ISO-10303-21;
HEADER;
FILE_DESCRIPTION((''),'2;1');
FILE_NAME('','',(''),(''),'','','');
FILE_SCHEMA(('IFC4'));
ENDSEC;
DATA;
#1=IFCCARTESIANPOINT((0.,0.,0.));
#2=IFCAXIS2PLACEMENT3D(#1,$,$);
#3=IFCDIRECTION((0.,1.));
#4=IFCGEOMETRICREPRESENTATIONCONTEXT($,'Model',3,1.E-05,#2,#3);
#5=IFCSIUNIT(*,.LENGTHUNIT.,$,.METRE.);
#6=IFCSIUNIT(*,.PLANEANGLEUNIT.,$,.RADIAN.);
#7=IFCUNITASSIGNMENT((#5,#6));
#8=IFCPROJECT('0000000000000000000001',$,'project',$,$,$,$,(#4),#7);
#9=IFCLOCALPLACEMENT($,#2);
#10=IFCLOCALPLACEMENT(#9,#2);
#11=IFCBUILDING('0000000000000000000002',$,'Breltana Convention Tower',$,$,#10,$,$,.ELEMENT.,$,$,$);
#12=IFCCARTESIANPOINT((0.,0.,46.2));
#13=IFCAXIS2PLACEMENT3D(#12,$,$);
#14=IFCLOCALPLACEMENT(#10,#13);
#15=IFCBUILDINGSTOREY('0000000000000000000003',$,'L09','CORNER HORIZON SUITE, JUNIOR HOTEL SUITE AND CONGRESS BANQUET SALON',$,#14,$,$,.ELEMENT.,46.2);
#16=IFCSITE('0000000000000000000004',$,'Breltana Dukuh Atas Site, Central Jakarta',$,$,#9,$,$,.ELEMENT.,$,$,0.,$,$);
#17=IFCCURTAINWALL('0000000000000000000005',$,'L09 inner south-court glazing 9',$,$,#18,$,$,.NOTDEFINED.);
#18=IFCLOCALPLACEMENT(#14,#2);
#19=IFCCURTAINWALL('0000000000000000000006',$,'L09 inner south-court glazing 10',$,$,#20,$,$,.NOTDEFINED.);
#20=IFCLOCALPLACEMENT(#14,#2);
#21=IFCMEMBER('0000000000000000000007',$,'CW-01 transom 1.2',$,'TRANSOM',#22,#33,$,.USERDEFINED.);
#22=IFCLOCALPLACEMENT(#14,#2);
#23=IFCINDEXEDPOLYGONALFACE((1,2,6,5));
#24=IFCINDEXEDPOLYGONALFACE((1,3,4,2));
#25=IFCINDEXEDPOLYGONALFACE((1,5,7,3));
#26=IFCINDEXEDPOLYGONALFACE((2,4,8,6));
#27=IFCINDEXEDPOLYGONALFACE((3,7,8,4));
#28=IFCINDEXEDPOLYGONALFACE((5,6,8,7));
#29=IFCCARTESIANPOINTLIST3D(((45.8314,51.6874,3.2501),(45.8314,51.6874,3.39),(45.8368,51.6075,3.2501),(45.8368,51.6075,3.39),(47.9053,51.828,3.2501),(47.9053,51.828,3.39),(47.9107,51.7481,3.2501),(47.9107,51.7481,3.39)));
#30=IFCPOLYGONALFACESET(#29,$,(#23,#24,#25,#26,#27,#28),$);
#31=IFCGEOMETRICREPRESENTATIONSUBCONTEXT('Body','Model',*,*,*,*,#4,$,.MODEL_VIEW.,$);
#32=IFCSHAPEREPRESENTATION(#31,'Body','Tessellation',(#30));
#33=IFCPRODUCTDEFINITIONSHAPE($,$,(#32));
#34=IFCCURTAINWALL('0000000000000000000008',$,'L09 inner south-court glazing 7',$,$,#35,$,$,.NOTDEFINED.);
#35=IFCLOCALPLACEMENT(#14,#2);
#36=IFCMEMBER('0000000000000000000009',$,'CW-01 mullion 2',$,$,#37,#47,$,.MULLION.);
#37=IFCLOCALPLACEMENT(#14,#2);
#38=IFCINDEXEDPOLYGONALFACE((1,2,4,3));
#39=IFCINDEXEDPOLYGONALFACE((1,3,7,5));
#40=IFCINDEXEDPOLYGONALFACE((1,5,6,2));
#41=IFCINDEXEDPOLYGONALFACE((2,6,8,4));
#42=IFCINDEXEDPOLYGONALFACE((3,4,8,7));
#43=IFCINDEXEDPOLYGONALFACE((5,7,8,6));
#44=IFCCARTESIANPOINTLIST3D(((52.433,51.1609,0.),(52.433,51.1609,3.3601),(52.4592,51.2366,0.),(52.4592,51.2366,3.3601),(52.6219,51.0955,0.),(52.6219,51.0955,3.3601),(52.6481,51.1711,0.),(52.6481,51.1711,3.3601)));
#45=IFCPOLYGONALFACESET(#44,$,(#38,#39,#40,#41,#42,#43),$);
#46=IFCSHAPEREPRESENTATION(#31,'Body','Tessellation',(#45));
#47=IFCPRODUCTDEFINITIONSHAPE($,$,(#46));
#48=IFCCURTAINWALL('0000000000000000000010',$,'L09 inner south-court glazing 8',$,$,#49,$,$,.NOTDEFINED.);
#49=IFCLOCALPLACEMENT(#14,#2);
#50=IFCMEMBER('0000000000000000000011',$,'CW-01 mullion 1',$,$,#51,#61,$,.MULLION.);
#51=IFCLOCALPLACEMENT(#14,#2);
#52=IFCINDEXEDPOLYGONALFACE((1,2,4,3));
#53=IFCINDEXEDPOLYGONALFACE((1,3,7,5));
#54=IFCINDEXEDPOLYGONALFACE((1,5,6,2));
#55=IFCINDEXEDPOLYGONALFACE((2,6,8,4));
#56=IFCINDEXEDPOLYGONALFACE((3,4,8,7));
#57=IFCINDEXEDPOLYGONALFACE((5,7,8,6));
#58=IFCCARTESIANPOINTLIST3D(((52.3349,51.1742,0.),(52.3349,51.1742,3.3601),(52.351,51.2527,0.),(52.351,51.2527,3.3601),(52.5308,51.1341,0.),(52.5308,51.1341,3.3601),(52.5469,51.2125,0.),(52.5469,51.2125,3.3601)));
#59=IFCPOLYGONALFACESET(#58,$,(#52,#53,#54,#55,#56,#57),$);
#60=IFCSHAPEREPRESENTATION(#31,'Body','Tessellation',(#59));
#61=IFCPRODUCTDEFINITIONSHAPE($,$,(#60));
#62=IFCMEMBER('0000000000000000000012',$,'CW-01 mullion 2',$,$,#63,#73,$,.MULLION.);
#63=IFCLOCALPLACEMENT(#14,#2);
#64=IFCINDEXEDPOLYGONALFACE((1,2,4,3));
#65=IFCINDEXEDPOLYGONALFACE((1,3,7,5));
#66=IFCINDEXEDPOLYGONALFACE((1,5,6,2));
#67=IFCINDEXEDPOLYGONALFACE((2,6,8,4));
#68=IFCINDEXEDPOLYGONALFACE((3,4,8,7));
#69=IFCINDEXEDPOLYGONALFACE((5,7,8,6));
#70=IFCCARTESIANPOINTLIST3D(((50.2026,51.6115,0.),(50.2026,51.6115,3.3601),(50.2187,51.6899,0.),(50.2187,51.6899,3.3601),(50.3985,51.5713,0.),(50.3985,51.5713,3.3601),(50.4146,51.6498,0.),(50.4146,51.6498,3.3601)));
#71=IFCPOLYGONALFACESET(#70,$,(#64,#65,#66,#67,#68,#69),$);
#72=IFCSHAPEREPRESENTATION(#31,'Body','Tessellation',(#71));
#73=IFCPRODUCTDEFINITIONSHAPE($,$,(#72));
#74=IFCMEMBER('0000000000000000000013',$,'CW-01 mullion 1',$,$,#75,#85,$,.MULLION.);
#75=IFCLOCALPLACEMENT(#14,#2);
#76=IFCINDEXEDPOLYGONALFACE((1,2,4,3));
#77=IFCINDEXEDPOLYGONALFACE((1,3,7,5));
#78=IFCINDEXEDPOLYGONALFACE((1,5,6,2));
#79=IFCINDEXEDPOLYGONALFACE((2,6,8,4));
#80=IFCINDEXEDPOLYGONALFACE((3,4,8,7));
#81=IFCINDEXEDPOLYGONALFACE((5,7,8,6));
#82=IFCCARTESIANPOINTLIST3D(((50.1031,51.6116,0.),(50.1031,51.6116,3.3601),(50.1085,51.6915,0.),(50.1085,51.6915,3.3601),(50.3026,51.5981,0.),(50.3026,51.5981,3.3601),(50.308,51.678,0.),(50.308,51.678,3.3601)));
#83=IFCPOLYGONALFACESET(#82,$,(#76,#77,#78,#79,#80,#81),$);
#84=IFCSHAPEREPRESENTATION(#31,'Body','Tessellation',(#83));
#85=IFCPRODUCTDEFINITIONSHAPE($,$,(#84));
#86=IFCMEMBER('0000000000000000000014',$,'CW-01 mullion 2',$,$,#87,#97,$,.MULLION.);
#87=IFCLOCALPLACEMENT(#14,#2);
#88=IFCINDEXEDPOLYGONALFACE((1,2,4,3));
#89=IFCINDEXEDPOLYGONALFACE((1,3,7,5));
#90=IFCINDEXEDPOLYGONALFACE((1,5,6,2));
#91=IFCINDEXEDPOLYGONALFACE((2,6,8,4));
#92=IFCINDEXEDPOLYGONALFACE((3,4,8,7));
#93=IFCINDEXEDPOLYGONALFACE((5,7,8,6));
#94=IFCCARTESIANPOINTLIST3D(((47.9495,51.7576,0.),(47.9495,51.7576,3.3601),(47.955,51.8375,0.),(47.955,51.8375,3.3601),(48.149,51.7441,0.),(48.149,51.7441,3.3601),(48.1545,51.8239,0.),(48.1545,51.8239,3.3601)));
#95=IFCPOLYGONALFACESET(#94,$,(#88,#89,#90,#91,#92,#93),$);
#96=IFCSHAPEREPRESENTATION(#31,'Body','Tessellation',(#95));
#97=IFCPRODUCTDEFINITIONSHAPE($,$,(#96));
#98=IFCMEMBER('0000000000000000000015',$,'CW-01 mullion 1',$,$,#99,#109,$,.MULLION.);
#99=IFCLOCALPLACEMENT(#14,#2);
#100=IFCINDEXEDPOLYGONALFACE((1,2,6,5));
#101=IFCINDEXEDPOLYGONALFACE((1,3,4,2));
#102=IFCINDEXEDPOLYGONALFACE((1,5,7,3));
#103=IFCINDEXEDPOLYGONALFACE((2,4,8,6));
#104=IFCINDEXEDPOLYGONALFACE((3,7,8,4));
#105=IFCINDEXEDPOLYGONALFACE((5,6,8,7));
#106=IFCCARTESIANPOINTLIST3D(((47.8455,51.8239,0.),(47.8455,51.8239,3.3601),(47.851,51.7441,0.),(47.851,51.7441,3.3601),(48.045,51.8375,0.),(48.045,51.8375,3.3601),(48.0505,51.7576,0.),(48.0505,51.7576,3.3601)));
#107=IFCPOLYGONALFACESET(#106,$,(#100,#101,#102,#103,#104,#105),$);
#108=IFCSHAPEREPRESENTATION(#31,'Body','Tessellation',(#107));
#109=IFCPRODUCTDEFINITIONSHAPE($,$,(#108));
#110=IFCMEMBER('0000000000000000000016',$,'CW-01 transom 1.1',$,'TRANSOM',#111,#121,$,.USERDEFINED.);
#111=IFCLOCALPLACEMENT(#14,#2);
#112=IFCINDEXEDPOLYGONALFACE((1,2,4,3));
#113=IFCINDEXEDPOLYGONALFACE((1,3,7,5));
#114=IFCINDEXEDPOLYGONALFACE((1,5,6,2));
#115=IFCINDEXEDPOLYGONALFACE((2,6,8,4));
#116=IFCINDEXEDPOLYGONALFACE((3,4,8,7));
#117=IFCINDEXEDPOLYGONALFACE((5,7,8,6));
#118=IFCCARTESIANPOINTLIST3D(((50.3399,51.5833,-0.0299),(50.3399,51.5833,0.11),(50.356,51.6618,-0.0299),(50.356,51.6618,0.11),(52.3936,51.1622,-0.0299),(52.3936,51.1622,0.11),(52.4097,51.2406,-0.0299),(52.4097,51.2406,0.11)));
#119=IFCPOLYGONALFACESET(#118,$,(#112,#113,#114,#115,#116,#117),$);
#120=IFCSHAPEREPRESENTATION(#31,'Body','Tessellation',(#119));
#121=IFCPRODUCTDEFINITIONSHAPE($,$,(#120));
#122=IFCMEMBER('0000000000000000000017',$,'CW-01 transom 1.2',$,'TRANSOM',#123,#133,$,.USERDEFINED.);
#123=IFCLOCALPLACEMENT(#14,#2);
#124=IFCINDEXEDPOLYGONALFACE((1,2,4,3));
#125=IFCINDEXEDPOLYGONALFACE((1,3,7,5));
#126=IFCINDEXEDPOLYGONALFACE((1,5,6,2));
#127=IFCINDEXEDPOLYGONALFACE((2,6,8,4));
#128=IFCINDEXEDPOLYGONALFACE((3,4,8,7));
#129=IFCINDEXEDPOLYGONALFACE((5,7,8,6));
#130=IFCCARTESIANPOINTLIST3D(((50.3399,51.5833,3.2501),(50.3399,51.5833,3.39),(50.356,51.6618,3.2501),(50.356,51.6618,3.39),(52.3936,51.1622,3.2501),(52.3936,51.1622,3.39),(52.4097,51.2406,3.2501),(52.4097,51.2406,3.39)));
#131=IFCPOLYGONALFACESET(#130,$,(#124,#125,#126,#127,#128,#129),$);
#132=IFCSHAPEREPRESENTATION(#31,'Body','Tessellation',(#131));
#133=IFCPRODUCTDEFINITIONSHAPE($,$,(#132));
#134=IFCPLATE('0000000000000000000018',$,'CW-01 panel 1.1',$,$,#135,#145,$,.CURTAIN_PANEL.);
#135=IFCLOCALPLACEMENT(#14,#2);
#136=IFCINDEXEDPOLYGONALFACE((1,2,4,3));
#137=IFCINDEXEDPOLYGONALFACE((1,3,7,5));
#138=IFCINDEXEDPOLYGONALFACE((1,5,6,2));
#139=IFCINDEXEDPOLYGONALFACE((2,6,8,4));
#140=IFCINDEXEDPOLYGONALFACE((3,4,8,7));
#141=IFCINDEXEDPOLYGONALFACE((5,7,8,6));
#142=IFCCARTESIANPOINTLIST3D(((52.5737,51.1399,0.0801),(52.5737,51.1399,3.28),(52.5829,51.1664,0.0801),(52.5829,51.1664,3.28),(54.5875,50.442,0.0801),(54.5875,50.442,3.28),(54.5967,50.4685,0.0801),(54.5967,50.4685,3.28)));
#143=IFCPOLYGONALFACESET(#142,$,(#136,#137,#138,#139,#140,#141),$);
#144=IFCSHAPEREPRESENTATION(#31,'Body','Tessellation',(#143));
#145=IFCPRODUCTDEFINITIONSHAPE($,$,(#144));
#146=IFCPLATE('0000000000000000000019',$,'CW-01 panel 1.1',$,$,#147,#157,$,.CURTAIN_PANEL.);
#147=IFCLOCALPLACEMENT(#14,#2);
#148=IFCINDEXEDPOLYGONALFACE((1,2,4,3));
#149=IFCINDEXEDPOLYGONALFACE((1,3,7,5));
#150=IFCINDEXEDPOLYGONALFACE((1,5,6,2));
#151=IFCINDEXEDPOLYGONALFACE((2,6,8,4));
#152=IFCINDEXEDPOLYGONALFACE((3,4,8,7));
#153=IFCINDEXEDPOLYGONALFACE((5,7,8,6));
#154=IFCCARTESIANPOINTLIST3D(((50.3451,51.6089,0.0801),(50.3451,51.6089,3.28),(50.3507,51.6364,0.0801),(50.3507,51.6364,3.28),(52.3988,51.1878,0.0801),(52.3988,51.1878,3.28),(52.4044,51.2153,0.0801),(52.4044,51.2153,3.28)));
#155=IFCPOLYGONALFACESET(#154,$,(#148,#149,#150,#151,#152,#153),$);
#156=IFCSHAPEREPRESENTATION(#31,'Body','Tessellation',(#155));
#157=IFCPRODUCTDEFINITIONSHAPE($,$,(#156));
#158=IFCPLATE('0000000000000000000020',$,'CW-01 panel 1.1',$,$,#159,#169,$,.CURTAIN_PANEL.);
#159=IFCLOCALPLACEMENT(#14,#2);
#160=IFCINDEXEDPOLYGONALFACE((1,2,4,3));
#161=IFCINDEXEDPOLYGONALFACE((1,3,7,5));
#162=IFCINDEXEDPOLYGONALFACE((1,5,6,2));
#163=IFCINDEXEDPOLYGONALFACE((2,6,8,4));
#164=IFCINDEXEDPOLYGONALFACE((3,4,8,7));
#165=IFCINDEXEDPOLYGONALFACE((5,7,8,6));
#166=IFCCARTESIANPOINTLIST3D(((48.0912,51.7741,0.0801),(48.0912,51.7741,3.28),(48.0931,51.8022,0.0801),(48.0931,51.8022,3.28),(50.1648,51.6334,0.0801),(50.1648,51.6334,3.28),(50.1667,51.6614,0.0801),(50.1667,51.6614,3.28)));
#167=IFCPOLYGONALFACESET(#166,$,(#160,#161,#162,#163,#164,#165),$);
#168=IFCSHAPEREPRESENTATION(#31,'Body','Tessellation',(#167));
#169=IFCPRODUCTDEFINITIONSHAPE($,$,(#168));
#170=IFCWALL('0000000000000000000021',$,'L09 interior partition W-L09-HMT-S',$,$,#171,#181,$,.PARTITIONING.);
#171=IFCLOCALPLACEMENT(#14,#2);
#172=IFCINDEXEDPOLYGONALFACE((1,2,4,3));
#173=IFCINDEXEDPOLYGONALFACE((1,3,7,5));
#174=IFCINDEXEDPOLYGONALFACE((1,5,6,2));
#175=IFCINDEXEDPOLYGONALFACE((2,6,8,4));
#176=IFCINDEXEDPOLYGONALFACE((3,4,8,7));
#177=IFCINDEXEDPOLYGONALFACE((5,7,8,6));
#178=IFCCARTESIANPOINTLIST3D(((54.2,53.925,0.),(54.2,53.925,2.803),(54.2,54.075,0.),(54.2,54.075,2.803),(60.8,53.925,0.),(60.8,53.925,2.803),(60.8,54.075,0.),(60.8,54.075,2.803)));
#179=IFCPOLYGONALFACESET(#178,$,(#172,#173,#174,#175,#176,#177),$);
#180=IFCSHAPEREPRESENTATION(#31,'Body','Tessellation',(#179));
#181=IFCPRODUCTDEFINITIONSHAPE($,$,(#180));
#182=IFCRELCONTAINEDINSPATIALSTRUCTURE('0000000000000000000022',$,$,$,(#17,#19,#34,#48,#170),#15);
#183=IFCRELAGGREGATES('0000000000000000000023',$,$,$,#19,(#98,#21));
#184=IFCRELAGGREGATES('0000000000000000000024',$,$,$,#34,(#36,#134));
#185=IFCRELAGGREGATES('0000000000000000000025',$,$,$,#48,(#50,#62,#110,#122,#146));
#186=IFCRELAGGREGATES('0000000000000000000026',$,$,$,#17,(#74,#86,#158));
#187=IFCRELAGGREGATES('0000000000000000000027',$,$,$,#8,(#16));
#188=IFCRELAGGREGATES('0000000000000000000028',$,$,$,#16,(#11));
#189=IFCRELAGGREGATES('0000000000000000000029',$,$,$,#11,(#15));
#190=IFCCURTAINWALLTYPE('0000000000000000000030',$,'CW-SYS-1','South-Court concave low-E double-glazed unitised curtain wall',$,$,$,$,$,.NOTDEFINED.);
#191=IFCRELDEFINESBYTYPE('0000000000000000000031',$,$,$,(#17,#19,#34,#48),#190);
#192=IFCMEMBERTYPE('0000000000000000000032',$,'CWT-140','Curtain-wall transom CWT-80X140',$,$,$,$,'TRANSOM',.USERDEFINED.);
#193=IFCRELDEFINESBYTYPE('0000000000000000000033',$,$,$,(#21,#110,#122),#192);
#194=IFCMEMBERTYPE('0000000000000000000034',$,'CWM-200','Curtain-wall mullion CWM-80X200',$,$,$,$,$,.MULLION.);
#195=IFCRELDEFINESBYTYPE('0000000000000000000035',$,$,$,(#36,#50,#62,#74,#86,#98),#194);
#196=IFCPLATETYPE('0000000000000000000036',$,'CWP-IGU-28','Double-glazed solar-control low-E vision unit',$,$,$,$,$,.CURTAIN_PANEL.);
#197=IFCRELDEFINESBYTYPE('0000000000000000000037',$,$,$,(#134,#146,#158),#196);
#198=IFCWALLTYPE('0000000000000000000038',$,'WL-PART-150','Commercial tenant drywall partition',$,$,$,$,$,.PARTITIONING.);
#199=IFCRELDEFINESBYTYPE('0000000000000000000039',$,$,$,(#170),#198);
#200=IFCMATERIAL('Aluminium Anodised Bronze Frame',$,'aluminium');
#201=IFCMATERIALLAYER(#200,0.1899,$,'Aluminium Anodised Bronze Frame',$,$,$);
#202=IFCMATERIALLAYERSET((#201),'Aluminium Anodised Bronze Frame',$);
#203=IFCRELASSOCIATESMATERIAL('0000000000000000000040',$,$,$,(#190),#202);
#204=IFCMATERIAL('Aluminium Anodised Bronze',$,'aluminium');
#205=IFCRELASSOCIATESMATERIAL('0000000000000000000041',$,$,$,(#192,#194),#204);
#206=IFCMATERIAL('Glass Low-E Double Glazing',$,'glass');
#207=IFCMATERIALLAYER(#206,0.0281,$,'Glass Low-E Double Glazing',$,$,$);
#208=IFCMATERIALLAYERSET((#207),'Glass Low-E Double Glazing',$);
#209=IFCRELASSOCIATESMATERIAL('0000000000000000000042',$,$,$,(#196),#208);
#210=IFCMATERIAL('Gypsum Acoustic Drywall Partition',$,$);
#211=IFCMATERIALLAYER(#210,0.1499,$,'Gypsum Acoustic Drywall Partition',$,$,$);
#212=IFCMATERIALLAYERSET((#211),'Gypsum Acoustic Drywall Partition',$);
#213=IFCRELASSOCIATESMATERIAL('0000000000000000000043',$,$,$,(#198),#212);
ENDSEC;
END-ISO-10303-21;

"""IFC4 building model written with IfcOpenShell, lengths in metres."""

from ifc_helpers import new_model, si_unit, direction, frame, frame_2d, origin, origin_2d, place, context, subcontext, project, spatial, rectangle, extrude, source, transform, mapped, material, layer, layer_set, material_profile, profile_set, type_object, element, aggregate, save


model = new_model("IFC4")

# Units and contexts
model_context = context("Model", 3, precision=1e-05, world=origin(), true_north=direction((0.0, 1.0)))
body_context = subcontext(model_context, "Body", "Model", "MODEL_VIEW")
ifc_project = project(units=[si_unit("LENGTHUNIT", "METRE"), si_unit("PLANEANGLEUNIT", "RADIAN")], contexts=[model_context])

# Site, building, storey
site_placement = place(None, origin())
site = spatial("IfcSite", under=ifc_project, at=site_placement, Name="Breltana Dukuh Atas Site, Central Jakarta", CompositionType="ELEMENT", RefElevation=0.0)
building_placement = place(site_placement, origin())
building = spatial("IfcBuilding", under=site, at=building_placement, Name="Breltana Convention Tower", CompositionType="ELEMENT")
storey_placement = place(building_placement, frame((0.0, 0.0, 46.2)))
storey = spatial("IfcBuildingStorey", under=building, at=storey_placement, Name="L09", Description="CORNER HORIZON SUITE, JUNIOR HOTEL SUITE AND CONGRESS BANQUET SALON", CompositionType="ELEMENT", Elevation=46.2)

# Curtain walls, member
ifc_material_1 = material(Name="Aluminium Anodised Bronze Frame", Category="aluminium")
ifc_layer_1 = layer(ifc_material_1, 0.1899, Name="Aluminium Anodised Bronze Frame")
ifc_layer_set_1 = layer_set([ifc_layer_1], Name="Aluminium Anodised Bronze Frame")
curtain_wall_type = type_object("IfcCurtainWallType", Name="CW-SYS-1", Description="South-Court concave low-E double-glazed unitised curtain wall", PredefinedType="NOTDEFINED", material=ifc_layer_set_1)
curtain_wall_1_placement = place(storey_placement, origin())
curtain_wall_1 = element("IfcCurtainWall", 1, at=curtain_wall_1_placement, inside=storey, type_object=curtain_wall_type, Name="L09 inner south-court glazing 9", PredefinedType="NOTDEFINED")
ifc_material_2 = material(Name="Aluminium Anodised Bronze", Category="aluminium")
ifc_material_profile_1 = material_profile(ifc_material_2, rectangle(XDim=0.0801, YDim=0.1399, at=origin_2d()), Name="CWT-80X140")
ifc_profile_set_1 = profile_set([ifc_material_profile_1], Name="Aluminium Anodised Bronze")
member_type_1 = type_object("IfcMemberType", Name="CWT-140", Description="Curtain-wall transom CWT-80X140", ElementType="TRANSOM", PredefinedType="USERDEFINED", material=ifc_profile_set_1)
shared_shape_1 = source(origin(), body_context, "Body", "SweptSolid", [
    extrude(rectangle(XDim=0.0801, YDim=0.1399, at=origin_2d()), origin(), (0.0, 0.0, 1.0), 2.0786),
])
curtain_wall_2_placement = place(storey_placement, origin())
curtain_wall_2 = element("IfcCurtainWall", 2, at=curtain_wall_2_placement, inside=storey, type_object=curtain_wall_type, Name="L09 inner south-court glazing 10", PredefinedType="NOTDEFINED")
member_1_placement = place(storey_placement, frame((47.908, 51.7881, 3.3201), z_axis=(-0.997709, -0.067657, 0.0), x_axis=(0.067657, -0.997709, 0.0)))
member_1 = element("IfcMember", 3, at=member_1_placement, type_object=member_type_1, Name="CW-01 transom 1.2", ObjectType="TRANSOM", PredefinedType="USERDEFINED", context=body_context, shape_type="MappedRepresentation", body=[
    mapped(shared_shape_1, transform((0.0, 0.0, 0.0), scale=1.0)),
])

# Curtain wall, member
curtain_wall_3_placement = place(storey_placement, origin())
curtain_wall_3 = element("IfcCurtainWall", 4, at=curtain_wall_3_placement, inside=storey, type_object=curtain_wall_type, Name="L09 inner south-court glazing 7", PredefinedType="NOTDEFINED")
ifc_material_profile_2 = material_profile(ifc_material_2, rectangle(XDim=0.0801, YDim=0.2, at=origin_2d()), Name="CWM-80X200")
ifc_profile_set_2 = profile_set([ifc_material_profile_2], Name="Aluminium Anodised Bronze")
member_type_2 = type_object("IfcMemberType", Name="CWM-200", Description="Curtain-wall mullion CWM-80X200", PredefinedType="MULLION", material=ifc_profile_set_2)
shared_shape_2 = source(origin(), body_context, "Body", "SweptSolid", [
    extrude(rectangle(XDim=0.0801, YDim=0.2, at=origin_2d()), origin(), (0.0, 0.0, 1.0), 3.3601),
])
member_2_placement = place(storey_placement, frame((52.5405, 51.166, 0.0), z_axis=(0.0, 0.0, 1.0), x_axis=(-0.327413, -0.944881, 0.0)))
member_2 = element("IfcMember", 5, at=member_2_placement, type_object=member_type_2, Name="CW-01 mullion 2", PredefinedType="MULLION", context=body_context, shape_type="MappedRepresentation", body=[
    mapped(shared_shape_2, transform((0.0, 0.0, 0.0), scale=1.0)),
])

# Curtain wall, members
curtain_wall_4_placement = place(storey_placement, origin())
curtain_wall_4 = element("IfcCurtainWall", 6, at=curtain_wall_4_placement, inside=storey, type_object=curtain_wall_type, Name="L09 inner south-court glazing 8", PredefinedType="NOTDEFINED")
member_3_placement = place(storey_placement, frame((52.4409, 51.1934, 0.0), z_axis=(0.0, 0.0, 1.0), x_axis=(-0.200886, -0.979615, 0.0)))
member_3 = element("IfcMember", 7, at=member_3_placement, type_object=member_type_2, Name="CW-01 mullion 1", PredefinedType="MULLION", context=body_context, shape_type="MappedRepresentation", body=[
    mapped(shared_shape_2, transform((0.0, 0.0, 0.0), scale=1.0)),
])
member_4_placement = place(storey_placement, frame((50.3086, 51.6306, 0.0), z_axis=(0.0, 0.0, 1.0), x_axis=(-0.200886, -0.979615, 0.0)))
member_4 = element("IfcMember", 8, at=member_4_placement, type_object=member_type_2, Name="CW-01 mullion 2", PredefinedType="MULLION", context=body_context, shape_type="MappedRepresentation", body=[
    mapped(shared_shape_2, transform((0.0, 0.0, 0.0), scale=1.0)),
])

# Members
member_5_placement = place(storey_placement, frame((50.2056, 51.6448, 0.0), z_axis=(0.0, 0.0, 1.0), x_axis=(-0.067726, -0.997704, 0.0)))
member_5 = element("IfcMember", 9, at=member_5_placement, type_object=member_type_2, Name="CW-01 mullion 1", PredefinedType="MULLION", context=body_context, shape_type="MappedRepresentation", body=[
    mapped(shared_shape_2, transform((0.0, 0.0, 0.0), scale=1.0)),
])
member_6_placement = place(storey_placement, frame((48.052, 51.7908, 0.0), z_axis=(0.0, 0.0, 1.0), x_axis=(-0.067726, -0.997704, 0.0)))
member_6 = element("IfcMember", 10, at=member_6_placement, type_object=member_type_2, Name="CW-01 mullion 2", PredefinedType="MULLION", context=body_context, shape_type="MappedRepresentation", body=[
    mapped(shared_shape_2, transform((0.0, 0.0, 0.0), scale=1.0)),
])
member_7_placement = place(storey_placement, frame((47.948, 51.7908, 0.0), z_axis=(0.0, 0.0, 1.0), x_axis=(0.067726, -0.997704, 0.0)))
member_7 = element("IfcMember", 11, at=member_7_placement, type_object=member_type_2, Name="CW-01 mullion 1", PredefinedType="MULLION", context=body_context, shape_type="MappedRepresentation", body=[
    mapped(shared_shape_2, transform((0.0, 0.0, 0.0), scale=1.0)),
])
aggregate(curtain_wall_2, [member_7, member_1])
shared_shape_3 = source(origin(), body_context, "Body", "SweptSolid", [
    extrude(rectangle(XDim=0.0801, YDim=0.1399, at=origin_2d()), origin(), (0.0, 0.0, 1.0), 2.0964),
])
member_8_placement = place(storey_placement, frame((52.4016, 51.2014, 0.04), z_axis=(-0.979615, 0.200884, 0.0), x_axis=(-0.200884, -0.979615, 0.0)))
member_8 = element("IfcMember", 12, at=member_8_placement, type_object=member_type_1, Name="CW-01 transom 1.1", ObjectType="TRANSOM", PredefinedType="USERDEFINED", context=body_context, shape_type="MappedRepresentation", body=[
    mapped(shared_shape_3, transform((0.0, 0.0, 0.0), scale=1.0)),
])
member_9_placement = place(storey_placement, frame((52.4016, 51.2014, 3.3201), z_axis=(-0.979615, 0.200884, 0.0), x_axis=(-0.200884, -0.979615, 0.0)))
member_9 = element("IfcMember", 13, at=member_9_placement, type_object=member_type_1, Name="CW-01 transom 1.2", ObjectType="TRANSOM", PredefinedType="USERDEFINED", context=body_context, shape_type="MappedRepresentation", body=[
    mapped(shared_shape_3, transform((0.0, 0.0, 0.0), scale=1.0)),
])

# Plates
ifc_material_3 = material(Name="Glass Low-E Double Glazing", Category="glass")
ifc_layer_2 = layer(ifc_material_3, 0.0281, Name="Glass Low-E Double Glazing")
ifc_layer_set_2 = layer_set([ifc_layer_2], Name="Glass Low-E Double Glazing")
plate_type = type_object("IfcPlateType", Name="CWP-IGU-28", Description="Double-glazed solar-control low-E vision unit", PredefinedType="CURTAIN_PANEL", material=ifc_layer_set_2)
shared_shape_4 = source(origin(), body_context, "Body", "SweptSolid", [
    extrude(rectangle(XDim=2.1313, YDim=0.0281, at=origin_2d()), origin(), (0.0, 0.0, 1.0), 3.2),
])
plate_1_placement = place(storey_placement, frame((53.5852, 50.8042, 0.0801), z_axis=(0.0, 0.0, 1.0), x_axis=(-0.944881, 0.327413, 0.0)))
plate_1 = element("IfcPlate", 14, at=plate_1_placement, type_object=plate_type, Name="CW-01 panel 1.1", PredefinedType="CURTAIN_PANEL", context=body_context, shape_type="MappedRepresentation", body=[
    mapped(shared_shape_4, transform((0.0, 0.0, 0.0), scale=1.0)),
])
aggregate(curtain_wall_3, [member_2, plate_1])
shared_shape_5 = source(origin(), body_context, "Body", "SweptSolid", [
    extrude(rectangle(XDim=2.0964, YDim=0.0281, at=origin_2d()), origin(), (0.0, 0.0, 1.0), 3.2),
])
plate_2_placement = place(storey_placement, frame((51.3748, 51.4121, 0.0801), z_axis=(0.0, 0.0, 1.0), x_axis=(-0.979615, 0.200886, 0.0)))
plate_2 = element("IfcPlate", 15, at=plate_2_placement, type_object=plate_type, Name="CW-01 panel 1.1", PredefinedType="CURTAIN_PANEL", context=body_context, shape_type="MappedRepresentation", body=[
    mapped(shared_shape_5, transform((0.0, 0.0, 0.0), scale=1.0)),
])
aggregate(curtain_wall_4, [member_3, member_4, member_8, member_9, plate_2])
shared_shape_6 = source(origin(), body_context, "Body", "SweptSolid", [
    extrude(rectangle(XDim=2.0784, YDim=0.0281, at=origin_2d()), origin(), (0.0, 0.0, 1.0), 3.2),
])
plate_3_placement = place(storey_placement, frame((49.1289, 51.7178, 0.0801), z_axis=(0.0, 0.0, 1.0), x_axis=(-0.997704, 0.067726, 0.0)))
plate_3 = element("IfcPlate", 16, at=plate_3_placement, type_object=plate_type, Name="CW-01 panel 1.1", PredefinedType="CURTAIN_PANEL", context=body_context, shape_type="MappedRepresentation", body=[
    mapped(shared_shape_6, transform((0.0, 0.0, 0.0), scale=1.0)),
])
aggregate(curtain_wall_1, [member_5, member_6, plate_3])

# Wall
ifc_material_4 = material(Name="Gypsum Acoustic Drywall Partition")
ifc_layer_3 = layer(ifc_material_4, 0.1499, Name="Gypsum Acoustic Drywall Partition")
ifc_layer_set_3 = layer_set([ifc_layer_3], Name="Gypsum Acoustic Drywall Partition")
wall_type_1 = type_object("IfcWallType", Name="WL-PART-150", Description="Commercial tenant drywall partition", PredefinedType="PARTITIONING", material=ifc_layer_set_3)
shared_shape_7 = source(origin(), body_context, "Body", "SweptSolid", [
    extrude(rectangle(XDim=6.6001, YDim=0.1499, at=frame_2d((3.3, 0.0))), origin(), (0.0, 0.0, 1.0), 2.803),
])
wall_1_placement = place(storey_placement, frame((54.2, 54.0, 0.0), z_axis=(0.0, 0.0, 1.0), x_axis=(1.0, 0.0, 0.0)))
element("IfcWall", 17, at=wall_1_placement, inside=storey, type_object=wall_type_1, Name="L09 interior partition W-L09-HMT-S", PredefinedType="PARTITIONING", context=body_context, shape_type="MappedRepresentation", body=[
    mapped(shared_shape_7, transform((0.0, 0.0, 0.0), scale=1.0)),
])

save(model, "model.ifc")
